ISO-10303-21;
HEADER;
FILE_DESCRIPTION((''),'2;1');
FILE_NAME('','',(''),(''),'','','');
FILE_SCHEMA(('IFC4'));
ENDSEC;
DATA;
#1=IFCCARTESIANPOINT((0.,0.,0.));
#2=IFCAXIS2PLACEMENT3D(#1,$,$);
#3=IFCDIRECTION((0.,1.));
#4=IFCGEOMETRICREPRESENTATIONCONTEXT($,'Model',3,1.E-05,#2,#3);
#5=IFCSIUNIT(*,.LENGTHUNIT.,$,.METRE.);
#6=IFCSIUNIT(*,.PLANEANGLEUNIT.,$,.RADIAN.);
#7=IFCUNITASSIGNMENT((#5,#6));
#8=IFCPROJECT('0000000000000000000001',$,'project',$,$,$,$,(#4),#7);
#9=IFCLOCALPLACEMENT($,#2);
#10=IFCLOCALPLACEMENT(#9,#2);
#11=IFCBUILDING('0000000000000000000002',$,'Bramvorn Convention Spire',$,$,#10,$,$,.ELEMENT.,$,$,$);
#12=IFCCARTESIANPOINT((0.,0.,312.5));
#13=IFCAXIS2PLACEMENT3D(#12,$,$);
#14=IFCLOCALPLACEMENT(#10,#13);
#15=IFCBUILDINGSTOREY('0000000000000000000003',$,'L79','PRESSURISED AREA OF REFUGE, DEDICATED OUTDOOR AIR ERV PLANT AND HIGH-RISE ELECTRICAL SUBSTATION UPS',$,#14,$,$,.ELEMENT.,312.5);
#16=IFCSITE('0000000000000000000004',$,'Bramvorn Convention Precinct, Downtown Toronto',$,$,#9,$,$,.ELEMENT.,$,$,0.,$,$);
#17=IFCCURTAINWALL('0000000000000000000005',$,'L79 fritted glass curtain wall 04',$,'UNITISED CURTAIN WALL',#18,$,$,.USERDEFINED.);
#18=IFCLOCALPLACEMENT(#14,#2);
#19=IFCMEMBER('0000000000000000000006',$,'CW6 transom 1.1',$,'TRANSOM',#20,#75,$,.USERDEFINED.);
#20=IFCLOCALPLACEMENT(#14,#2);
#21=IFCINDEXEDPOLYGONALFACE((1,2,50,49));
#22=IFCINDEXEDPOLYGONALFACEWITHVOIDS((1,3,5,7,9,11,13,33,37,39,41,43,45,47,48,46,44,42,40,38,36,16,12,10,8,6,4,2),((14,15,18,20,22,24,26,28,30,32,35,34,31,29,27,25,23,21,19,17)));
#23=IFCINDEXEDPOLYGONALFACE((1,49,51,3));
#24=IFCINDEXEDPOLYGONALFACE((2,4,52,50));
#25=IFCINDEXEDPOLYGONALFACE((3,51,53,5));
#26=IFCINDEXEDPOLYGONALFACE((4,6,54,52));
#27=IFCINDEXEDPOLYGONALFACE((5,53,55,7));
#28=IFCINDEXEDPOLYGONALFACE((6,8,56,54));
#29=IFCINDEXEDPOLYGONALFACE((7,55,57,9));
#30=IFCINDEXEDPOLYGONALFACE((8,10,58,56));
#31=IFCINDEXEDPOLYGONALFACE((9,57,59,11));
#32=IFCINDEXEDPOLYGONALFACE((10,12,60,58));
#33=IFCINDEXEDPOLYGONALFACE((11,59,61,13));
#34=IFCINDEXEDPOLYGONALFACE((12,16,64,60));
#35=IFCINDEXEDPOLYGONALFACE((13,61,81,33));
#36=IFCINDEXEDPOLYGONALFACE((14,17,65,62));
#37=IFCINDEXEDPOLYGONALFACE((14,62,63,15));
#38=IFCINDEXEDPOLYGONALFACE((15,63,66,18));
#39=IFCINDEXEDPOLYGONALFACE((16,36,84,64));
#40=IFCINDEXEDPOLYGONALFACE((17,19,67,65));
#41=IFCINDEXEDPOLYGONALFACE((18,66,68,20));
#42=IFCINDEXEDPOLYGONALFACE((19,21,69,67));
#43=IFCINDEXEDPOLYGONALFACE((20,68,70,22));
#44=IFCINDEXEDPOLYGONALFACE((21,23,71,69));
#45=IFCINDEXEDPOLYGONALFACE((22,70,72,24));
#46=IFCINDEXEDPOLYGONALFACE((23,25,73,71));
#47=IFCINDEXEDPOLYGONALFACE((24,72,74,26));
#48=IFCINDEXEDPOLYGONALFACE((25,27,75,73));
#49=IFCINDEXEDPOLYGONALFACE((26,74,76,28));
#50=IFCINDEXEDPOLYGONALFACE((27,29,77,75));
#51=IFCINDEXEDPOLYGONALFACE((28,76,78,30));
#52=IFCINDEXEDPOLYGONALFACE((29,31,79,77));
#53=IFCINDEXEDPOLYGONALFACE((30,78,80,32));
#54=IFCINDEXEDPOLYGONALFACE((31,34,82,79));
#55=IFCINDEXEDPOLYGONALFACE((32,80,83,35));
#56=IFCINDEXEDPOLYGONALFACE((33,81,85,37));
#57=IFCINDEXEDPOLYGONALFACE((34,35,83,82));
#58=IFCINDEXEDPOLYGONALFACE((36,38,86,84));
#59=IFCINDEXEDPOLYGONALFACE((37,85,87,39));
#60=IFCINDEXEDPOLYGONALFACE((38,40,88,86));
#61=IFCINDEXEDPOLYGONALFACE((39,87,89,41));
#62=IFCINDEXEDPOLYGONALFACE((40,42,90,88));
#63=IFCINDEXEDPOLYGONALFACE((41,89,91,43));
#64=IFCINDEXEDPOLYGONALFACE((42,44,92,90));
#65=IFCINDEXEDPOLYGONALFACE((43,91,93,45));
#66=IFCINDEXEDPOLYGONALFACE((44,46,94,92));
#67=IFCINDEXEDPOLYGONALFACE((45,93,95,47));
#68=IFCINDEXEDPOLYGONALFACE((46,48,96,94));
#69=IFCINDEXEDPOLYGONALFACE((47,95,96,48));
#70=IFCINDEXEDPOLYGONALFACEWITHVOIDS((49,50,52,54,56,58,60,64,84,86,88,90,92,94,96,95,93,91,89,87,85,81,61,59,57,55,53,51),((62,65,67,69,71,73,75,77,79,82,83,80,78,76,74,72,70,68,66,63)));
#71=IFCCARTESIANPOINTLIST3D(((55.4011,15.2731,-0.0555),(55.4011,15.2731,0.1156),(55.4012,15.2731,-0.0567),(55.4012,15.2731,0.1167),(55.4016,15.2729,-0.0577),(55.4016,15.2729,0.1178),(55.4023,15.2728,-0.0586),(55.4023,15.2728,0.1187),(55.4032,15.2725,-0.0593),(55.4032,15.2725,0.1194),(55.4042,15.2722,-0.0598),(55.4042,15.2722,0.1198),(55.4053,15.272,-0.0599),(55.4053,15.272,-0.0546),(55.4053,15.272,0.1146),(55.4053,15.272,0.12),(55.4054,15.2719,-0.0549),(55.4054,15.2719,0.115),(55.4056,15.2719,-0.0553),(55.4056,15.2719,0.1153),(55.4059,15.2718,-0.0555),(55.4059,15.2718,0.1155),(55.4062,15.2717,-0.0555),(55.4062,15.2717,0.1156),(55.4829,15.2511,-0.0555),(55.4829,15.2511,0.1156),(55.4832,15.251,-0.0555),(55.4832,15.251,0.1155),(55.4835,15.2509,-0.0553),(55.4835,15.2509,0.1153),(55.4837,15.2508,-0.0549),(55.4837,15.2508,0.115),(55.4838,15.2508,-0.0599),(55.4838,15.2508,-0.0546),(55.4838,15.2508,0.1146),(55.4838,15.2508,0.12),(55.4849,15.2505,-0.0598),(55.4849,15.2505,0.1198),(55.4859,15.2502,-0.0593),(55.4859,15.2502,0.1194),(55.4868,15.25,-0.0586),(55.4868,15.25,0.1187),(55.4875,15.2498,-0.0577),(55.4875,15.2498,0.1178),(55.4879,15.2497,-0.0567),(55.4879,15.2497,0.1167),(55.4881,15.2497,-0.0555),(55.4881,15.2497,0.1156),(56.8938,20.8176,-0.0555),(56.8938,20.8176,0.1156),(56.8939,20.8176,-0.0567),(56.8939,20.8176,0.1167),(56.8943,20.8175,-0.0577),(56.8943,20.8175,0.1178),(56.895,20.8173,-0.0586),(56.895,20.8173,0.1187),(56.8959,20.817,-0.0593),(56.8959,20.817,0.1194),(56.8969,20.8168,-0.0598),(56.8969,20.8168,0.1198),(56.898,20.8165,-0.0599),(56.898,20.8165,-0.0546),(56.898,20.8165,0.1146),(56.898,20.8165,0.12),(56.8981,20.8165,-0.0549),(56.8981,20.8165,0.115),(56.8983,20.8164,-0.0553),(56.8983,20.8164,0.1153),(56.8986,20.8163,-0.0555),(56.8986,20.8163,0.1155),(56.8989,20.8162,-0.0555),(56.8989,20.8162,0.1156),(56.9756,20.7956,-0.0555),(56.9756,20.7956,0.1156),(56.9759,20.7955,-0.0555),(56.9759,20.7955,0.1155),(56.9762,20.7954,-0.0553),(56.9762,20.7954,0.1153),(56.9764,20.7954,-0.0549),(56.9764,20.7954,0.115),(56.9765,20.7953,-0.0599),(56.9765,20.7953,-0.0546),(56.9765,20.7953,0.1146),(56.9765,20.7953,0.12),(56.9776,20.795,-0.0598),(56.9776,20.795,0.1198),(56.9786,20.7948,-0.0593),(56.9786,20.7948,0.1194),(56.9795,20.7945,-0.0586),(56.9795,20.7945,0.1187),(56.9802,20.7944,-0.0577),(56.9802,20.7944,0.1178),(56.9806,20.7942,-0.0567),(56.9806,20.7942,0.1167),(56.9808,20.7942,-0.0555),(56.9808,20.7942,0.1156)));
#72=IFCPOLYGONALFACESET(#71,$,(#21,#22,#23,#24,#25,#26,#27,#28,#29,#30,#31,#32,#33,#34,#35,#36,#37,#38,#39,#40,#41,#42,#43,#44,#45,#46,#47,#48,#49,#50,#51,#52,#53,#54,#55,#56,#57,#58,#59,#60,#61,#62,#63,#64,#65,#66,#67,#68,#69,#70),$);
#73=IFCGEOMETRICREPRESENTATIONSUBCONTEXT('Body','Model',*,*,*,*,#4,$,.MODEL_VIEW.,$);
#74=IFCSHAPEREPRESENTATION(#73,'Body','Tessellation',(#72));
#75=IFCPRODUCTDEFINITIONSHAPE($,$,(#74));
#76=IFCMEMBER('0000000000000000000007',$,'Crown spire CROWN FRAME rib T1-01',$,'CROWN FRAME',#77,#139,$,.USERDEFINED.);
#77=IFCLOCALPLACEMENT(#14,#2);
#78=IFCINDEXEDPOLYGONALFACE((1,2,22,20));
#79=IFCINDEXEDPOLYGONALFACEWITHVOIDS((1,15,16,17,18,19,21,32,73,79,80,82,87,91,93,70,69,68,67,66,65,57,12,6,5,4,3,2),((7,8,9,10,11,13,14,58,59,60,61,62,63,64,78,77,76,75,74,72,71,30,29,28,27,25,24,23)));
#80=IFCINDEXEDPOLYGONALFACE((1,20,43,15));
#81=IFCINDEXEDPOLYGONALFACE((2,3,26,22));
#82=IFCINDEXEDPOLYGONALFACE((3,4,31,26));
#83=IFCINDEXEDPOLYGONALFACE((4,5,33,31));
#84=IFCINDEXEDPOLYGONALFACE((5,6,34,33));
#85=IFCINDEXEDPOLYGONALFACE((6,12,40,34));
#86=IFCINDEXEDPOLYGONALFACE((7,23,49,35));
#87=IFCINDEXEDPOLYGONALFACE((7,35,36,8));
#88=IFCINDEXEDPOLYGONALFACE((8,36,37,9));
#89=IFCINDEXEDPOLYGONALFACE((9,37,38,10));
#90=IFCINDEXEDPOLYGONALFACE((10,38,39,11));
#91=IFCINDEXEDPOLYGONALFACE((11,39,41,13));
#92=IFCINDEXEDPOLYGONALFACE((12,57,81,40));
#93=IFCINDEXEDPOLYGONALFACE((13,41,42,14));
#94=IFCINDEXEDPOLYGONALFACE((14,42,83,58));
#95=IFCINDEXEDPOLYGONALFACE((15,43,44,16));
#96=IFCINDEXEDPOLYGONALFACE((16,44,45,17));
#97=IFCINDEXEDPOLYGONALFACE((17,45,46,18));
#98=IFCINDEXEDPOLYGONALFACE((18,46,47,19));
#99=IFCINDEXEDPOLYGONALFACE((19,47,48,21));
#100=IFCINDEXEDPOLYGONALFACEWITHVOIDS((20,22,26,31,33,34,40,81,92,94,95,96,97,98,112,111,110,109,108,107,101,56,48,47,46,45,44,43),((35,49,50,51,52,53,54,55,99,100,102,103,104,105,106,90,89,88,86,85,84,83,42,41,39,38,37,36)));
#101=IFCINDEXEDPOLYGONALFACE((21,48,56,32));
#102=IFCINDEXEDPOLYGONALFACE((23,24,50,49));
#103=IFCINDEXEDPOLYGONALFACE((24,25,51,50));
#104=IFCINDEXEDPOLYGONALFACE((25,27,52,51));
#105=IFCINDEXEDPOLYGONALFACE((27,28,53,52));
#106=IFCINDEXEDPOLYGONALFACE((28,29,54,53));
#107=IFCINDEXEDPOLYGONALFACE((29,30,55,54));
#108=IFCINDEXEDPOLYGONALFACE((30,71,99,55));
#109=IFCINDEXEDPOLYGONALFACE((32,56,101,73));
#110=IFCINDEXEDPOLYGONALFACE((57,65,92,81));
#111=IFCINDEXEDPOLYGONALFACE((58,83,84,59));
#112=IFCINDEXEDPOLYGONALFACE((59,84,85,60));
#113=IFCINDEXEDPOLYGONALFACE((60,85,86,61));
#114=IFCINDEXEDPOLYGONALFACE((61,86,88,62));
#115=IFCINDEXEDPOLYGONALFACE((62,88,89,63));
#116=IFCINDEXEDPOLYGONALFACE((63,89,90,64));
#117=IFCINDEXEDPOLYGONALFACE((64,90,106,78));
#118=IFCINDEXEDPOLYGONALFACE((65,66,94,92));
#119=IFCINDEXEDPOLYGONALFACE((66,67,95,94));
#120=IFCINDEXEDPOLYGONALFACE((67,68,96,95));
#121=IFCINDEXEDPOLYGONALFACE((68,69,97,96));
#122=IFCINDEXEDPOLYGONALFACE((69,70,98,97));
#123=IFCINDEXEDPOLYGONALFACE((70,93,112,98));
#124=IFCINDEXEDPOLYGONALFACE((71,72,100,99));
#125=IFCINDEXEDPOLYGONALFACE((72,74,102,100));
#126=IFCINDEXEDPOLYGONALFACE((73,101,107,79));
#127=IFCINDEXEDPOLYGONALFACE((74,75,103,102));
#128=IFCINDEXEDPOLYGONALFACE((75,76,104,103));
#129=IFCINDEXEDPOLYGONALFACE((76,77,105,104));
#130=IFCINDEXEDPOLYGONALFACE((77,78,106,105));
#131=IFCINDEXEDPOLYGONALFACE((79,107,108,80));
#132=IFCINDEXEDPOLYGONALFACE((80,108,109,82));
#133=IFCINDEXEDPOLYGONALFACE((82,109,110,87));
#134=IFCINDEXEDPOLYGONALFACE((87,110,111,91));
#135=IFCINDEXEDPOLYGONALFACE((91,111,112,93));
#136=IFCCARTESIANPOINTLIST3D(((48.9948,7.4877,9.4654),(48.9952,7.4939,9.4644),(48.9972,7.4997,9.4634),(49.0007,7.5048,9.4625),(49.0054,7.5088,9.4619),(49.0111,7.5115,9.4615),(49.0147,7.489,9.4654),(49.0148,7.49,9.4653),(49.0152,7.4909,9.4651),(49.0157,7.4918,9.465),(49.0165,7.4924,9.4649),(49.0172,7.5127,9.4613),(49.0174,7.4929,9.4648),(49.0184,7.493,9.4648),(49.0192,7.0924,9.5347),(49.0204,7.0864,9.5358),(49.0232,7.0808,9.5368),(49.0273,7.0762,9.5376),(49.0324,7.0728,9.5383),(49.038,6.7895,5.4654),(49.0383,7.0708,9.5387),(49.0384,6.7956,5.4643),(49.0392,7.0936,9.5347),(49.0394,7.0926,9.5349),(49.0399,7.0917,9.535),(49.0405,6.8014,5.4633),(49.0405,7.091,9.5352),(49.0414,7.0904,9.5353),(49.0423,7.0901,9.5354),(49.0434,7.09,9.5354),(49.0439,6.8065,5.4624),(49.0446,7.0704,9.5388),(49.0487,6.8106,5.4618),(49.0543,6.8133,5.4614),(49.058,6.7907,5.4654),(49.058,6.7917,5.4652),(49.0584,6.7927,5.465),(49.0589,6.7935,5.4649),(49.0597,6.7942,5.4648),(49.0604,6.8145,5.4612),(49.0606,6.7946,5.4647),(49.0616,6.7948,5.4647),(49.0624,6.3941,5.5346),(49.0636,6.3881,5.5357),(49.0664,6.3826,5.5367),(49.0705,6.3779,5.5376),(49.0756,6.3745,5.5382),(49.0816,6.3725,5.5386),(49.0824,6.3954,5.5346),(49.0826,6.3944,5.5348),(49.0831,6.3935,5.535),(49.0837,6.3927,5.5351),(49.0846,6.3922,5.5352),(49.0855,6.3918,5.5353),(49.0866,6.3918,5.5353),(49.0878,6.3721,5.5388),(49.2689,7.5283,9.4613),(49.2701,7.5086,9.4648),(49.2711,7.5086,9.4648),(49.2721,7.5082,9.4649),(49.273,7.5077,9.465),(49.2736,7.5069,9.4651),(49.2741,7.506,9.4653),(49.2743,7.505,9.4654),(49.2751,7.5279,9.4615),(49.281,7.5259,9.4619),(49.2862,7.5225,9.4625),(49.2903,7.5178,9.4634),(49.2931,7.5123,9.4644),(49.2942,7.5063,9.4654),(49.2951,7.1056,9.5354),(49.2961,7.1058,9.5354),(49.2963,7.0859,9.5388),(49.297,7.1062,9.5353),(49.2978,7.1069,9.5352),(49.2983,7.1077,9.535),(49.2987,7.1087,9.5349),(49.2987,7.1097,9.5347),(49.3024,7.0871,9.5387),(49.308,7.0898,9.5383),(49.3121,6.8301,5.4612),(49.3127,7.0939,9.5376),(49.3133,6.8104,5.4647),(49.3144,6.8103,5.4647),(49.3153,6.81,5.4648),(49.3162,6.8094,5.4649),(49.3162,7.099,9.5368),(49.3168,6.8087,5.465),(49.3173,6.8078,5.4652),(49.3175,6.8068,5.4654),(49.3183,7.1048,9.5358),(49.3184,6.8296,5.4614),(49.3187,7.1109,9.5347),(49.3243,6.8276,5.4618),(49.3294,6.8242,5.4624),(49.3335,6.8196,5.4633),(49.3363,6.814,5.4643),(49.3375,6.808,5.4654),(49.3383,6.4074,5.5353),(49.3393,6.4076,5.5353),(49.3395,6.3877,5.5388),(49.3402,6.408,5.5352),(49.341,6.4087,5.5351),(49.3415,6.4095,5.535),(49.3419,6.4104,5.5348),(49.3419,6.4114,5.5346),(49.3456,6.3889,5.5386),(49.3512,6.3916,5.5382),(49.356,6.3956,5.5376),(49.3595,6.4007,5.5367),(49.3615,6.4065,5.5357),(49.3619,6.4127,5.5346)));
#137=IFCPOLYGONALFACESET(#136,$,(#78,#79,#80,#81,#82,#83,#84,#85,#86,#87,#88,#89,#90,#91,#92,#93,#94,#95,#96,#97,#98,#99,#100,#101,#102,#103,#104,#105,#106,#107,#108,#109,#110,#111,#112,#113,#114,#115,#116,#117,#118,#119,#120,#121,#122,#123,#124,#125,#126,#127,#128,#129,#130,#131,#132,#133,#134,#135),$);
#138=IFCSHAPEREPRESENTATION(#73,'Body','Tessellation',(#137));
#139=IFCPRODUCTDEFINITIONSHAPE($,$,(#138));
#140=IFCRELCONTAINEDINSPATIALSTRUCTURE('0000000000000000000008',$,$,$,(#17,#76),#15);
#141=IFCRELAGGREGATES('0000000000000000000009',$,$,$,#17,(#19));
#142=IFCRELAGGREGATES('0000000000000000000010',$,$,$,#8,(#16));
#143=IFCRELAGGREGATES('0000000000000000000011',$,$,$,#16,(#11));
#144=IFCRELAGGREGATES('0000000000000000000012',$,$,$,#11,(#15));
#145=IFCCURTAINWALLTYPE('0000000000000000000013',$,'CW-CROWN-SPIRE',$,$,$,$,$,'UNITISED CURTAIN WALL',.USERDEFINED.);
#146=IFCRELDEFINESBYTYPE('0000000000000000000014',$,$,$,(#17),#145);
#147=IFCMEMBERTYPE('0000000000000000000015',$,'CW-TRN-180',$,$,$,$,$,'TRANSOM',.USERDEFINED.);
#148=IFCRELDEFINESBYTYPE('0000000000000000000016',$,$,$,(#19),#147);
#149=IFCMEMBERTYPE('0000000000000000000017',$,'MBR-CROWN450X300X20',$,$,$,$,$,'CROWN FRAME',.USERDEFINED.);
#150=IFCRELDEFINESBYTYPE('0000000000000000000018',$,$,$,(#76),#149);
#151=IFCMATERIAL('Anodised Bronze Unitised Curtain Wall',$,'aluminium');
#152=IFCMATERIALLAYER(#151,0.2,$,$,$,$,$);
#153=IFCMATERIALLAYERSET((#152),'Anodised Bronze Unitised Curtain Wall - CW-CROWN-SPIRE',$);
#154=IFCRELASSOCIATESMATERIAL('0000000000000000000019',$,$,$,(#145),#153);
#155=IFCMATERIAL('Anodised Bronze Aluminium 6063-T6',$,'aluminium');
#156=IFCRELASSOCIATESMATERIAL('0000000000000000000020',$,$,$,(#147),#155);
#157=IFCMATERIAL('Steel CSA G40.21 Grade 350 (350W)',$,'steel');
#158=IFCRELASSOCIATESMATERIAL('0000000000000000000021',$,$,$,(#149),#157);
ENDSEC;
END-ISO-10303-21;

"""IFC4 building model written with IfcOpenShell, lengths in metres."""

from ifc_helpers import new_model, si_unit, direction, frame, origin, origin_2d, place, context, subcontext, project, spatial, hollow_rectangle, extrude, material, layer, layer_set, material_profile, profile_set, type_object, element, aggregate, save


model = new_model("IFC4")

# Units and contexts
model_context = context("Model", 3, precision=1e-05, world=origin(), true_north=direction((0.0, 1.0)))
body_context = subcontext(model_context, "Body", "Model", "MODEL_VIEW")
ifc_project = project(units=[si_unit("LENGTHUNIT", "METRE"), si_unit("PLANEANGLEUNIT", "RADIAN")], contexts=[model_context])

# Site, building, storey
site_placement = place(None, origin())
site = spatial("IfcSite", under=ifc_project, at=site_placement, Name="Bramvorn Convention Precinct, Downtown Toronto", CompositionType="ELEMENT", RefElevation=0.0)
building_placement = place(site_placement, origin())
building = spatial("IfcBuilding", under=site, at=building_placement, Name="Bramvorn Convention Spire", CompositionType="ELEMENT")
storey_placement = place(building_placement, frame((0.0, 0.0, 312.5)))
storey = spatial("IfcBuildingStorey", under=building, at=storey_placement, Name="L79", Description="PRESSURISED AREA OF REFUGE, DEDICATED OUTDOOR AIR ERV PLANT AND HIGH-RISE ELECTRICAL SUBSTATION UPS", CompositionType="ELEMENT", Elevation=312.5)

# Shared definitions
ifc_material_1 = material(Name="Steel CSA G40.21 Grade 350 (350W)", Category="steel")

# Shared definitions
ifc_material_2 = material(Name="Anodised Bronze Unitised Curtain Wall", Category="aluminium")
ifc_layer_1 = layer(ifc_material_2, 0.2)
ifc_layer_set_1 = layer_set([ifc_layer_1], Name="Anodised Bronze Unitised Curtain Wall - CW-CROWN-SPIRE")
curtain_wall_type = type_object("IfcCurtainWallType", Name="CW-CROWN-SPIRE", ElementType="UNITISED CURTAIN WALL", PredefinedType="USERDEFINED", material=ifc_layer_set_1)
ifc_material_3 = material(Name="Anodised Bronze Aluminium 6063-T6", Category="aluminium")

# Curtain wall
curtain_wall_1_placement = place(storey_placement, origin())
curtain_wall_1 = element("IfcCurtainWall", 1, at=curtain_wall_1_placement, inside=storey, type_object=curtain_wall_type, Name="L79 fritted glass curtain wall 04", ObjectType="UNITISED CURTAIN WALL", PredefinedType="USERDEFINED")

# Member
ifc_material_profile_1 = material_profile(ifc_material_3, hollow_rectangle(XDim=0.0901, YDim=0.1799, WallThickness=0.0044, InnerFilletRadius=0.001, OuterFilletRadius=0.0044, at=origin_2d()))
ifc_profile_set_1 = profile_set([ifc_material_profile_1], Name="Anodised Bronze Aluminium 6063-T6 - CWT90X180")
member_type_1 = type_object("IfcMemberType", Name="CW-TRN-180", ElementType="TRANSOM", PredefinedType="USERDEFINED", material=ifc_profile_set_1)
member_1_placement = place(storey_placement, frame((56.9373, 20.8059, 0.03), z_axis=(-0.259964, -0.965618, 0.0), x_axis=(0.965618, -0.259964, 0.0)))
member_1 = element("IfcMember", 2, at=member_1_placement, type_object=member_type_1, Name="CW6 transom 1.1", ObjectType="TRANSOM", PredefinedType="USERDEFINED", context=body_context, shape_type="SweptSolid", body=[
    extrude(hollow_rectangle(XDim=0.0901, YDim=0.1799, WallThickness=0.0044, InnerFilletRadius=0.001, OuterFilletRadius=0.0044, at=origin_2d()), origin(), (0.0, 0.0, 1.0), 5.7419),
])

# Member
ifc_material_profile_2 = material_profile(ifc_material_1, hollow_rectangle(XDim=0.3, YDim=0.45, WallThickness=0.02, InnerFilletRadius=0.0039, OuterFilletRadius=0.0239, at=origin_2d()))
ifc_profile_set_2 = profile_set([ifc_material_profile_2], Name="Steel CSA G40.21 Grade 350 (350W) - CROWN450X300X20")
member_type_2 = type_object("IfcMemberType", Name="MBR-CROWN450X300X20", ElementType="CROWN FRAME", PredefinedType="USERDEFINED", material=ifc_profile_set_2)
member_2_placement = place(storey_placement, frame((49.2, 6.6011, 5.5), z_axis=(-0.010642, 0.171951, 0.985048), x_axis=(-0.99809, -0.06177, 0.0)))
element("IfcMember", 3, at=member_2_placement, inside=storey, type_object=member_type_2, Name="Crown spire CROWN FRAME rib T1-01", ObjectType="CROWN FRAME", PredefinedType="USERDEFINED", context=body_context, shape_type="SweptSolid", body=[
    extrude(hollow_rectangle(XDim=0.3, YDim=0.45, WallThickness=0.02, InnerFilletRadius=0.0039, OuterFilletRadius=0.0239, at=origin_2d()), origin(), (0.0, 0.0, 1.0), 4.0608),
])

aggregate(curtain_wall_1, [member_1])

save(model, "model.ifc")
